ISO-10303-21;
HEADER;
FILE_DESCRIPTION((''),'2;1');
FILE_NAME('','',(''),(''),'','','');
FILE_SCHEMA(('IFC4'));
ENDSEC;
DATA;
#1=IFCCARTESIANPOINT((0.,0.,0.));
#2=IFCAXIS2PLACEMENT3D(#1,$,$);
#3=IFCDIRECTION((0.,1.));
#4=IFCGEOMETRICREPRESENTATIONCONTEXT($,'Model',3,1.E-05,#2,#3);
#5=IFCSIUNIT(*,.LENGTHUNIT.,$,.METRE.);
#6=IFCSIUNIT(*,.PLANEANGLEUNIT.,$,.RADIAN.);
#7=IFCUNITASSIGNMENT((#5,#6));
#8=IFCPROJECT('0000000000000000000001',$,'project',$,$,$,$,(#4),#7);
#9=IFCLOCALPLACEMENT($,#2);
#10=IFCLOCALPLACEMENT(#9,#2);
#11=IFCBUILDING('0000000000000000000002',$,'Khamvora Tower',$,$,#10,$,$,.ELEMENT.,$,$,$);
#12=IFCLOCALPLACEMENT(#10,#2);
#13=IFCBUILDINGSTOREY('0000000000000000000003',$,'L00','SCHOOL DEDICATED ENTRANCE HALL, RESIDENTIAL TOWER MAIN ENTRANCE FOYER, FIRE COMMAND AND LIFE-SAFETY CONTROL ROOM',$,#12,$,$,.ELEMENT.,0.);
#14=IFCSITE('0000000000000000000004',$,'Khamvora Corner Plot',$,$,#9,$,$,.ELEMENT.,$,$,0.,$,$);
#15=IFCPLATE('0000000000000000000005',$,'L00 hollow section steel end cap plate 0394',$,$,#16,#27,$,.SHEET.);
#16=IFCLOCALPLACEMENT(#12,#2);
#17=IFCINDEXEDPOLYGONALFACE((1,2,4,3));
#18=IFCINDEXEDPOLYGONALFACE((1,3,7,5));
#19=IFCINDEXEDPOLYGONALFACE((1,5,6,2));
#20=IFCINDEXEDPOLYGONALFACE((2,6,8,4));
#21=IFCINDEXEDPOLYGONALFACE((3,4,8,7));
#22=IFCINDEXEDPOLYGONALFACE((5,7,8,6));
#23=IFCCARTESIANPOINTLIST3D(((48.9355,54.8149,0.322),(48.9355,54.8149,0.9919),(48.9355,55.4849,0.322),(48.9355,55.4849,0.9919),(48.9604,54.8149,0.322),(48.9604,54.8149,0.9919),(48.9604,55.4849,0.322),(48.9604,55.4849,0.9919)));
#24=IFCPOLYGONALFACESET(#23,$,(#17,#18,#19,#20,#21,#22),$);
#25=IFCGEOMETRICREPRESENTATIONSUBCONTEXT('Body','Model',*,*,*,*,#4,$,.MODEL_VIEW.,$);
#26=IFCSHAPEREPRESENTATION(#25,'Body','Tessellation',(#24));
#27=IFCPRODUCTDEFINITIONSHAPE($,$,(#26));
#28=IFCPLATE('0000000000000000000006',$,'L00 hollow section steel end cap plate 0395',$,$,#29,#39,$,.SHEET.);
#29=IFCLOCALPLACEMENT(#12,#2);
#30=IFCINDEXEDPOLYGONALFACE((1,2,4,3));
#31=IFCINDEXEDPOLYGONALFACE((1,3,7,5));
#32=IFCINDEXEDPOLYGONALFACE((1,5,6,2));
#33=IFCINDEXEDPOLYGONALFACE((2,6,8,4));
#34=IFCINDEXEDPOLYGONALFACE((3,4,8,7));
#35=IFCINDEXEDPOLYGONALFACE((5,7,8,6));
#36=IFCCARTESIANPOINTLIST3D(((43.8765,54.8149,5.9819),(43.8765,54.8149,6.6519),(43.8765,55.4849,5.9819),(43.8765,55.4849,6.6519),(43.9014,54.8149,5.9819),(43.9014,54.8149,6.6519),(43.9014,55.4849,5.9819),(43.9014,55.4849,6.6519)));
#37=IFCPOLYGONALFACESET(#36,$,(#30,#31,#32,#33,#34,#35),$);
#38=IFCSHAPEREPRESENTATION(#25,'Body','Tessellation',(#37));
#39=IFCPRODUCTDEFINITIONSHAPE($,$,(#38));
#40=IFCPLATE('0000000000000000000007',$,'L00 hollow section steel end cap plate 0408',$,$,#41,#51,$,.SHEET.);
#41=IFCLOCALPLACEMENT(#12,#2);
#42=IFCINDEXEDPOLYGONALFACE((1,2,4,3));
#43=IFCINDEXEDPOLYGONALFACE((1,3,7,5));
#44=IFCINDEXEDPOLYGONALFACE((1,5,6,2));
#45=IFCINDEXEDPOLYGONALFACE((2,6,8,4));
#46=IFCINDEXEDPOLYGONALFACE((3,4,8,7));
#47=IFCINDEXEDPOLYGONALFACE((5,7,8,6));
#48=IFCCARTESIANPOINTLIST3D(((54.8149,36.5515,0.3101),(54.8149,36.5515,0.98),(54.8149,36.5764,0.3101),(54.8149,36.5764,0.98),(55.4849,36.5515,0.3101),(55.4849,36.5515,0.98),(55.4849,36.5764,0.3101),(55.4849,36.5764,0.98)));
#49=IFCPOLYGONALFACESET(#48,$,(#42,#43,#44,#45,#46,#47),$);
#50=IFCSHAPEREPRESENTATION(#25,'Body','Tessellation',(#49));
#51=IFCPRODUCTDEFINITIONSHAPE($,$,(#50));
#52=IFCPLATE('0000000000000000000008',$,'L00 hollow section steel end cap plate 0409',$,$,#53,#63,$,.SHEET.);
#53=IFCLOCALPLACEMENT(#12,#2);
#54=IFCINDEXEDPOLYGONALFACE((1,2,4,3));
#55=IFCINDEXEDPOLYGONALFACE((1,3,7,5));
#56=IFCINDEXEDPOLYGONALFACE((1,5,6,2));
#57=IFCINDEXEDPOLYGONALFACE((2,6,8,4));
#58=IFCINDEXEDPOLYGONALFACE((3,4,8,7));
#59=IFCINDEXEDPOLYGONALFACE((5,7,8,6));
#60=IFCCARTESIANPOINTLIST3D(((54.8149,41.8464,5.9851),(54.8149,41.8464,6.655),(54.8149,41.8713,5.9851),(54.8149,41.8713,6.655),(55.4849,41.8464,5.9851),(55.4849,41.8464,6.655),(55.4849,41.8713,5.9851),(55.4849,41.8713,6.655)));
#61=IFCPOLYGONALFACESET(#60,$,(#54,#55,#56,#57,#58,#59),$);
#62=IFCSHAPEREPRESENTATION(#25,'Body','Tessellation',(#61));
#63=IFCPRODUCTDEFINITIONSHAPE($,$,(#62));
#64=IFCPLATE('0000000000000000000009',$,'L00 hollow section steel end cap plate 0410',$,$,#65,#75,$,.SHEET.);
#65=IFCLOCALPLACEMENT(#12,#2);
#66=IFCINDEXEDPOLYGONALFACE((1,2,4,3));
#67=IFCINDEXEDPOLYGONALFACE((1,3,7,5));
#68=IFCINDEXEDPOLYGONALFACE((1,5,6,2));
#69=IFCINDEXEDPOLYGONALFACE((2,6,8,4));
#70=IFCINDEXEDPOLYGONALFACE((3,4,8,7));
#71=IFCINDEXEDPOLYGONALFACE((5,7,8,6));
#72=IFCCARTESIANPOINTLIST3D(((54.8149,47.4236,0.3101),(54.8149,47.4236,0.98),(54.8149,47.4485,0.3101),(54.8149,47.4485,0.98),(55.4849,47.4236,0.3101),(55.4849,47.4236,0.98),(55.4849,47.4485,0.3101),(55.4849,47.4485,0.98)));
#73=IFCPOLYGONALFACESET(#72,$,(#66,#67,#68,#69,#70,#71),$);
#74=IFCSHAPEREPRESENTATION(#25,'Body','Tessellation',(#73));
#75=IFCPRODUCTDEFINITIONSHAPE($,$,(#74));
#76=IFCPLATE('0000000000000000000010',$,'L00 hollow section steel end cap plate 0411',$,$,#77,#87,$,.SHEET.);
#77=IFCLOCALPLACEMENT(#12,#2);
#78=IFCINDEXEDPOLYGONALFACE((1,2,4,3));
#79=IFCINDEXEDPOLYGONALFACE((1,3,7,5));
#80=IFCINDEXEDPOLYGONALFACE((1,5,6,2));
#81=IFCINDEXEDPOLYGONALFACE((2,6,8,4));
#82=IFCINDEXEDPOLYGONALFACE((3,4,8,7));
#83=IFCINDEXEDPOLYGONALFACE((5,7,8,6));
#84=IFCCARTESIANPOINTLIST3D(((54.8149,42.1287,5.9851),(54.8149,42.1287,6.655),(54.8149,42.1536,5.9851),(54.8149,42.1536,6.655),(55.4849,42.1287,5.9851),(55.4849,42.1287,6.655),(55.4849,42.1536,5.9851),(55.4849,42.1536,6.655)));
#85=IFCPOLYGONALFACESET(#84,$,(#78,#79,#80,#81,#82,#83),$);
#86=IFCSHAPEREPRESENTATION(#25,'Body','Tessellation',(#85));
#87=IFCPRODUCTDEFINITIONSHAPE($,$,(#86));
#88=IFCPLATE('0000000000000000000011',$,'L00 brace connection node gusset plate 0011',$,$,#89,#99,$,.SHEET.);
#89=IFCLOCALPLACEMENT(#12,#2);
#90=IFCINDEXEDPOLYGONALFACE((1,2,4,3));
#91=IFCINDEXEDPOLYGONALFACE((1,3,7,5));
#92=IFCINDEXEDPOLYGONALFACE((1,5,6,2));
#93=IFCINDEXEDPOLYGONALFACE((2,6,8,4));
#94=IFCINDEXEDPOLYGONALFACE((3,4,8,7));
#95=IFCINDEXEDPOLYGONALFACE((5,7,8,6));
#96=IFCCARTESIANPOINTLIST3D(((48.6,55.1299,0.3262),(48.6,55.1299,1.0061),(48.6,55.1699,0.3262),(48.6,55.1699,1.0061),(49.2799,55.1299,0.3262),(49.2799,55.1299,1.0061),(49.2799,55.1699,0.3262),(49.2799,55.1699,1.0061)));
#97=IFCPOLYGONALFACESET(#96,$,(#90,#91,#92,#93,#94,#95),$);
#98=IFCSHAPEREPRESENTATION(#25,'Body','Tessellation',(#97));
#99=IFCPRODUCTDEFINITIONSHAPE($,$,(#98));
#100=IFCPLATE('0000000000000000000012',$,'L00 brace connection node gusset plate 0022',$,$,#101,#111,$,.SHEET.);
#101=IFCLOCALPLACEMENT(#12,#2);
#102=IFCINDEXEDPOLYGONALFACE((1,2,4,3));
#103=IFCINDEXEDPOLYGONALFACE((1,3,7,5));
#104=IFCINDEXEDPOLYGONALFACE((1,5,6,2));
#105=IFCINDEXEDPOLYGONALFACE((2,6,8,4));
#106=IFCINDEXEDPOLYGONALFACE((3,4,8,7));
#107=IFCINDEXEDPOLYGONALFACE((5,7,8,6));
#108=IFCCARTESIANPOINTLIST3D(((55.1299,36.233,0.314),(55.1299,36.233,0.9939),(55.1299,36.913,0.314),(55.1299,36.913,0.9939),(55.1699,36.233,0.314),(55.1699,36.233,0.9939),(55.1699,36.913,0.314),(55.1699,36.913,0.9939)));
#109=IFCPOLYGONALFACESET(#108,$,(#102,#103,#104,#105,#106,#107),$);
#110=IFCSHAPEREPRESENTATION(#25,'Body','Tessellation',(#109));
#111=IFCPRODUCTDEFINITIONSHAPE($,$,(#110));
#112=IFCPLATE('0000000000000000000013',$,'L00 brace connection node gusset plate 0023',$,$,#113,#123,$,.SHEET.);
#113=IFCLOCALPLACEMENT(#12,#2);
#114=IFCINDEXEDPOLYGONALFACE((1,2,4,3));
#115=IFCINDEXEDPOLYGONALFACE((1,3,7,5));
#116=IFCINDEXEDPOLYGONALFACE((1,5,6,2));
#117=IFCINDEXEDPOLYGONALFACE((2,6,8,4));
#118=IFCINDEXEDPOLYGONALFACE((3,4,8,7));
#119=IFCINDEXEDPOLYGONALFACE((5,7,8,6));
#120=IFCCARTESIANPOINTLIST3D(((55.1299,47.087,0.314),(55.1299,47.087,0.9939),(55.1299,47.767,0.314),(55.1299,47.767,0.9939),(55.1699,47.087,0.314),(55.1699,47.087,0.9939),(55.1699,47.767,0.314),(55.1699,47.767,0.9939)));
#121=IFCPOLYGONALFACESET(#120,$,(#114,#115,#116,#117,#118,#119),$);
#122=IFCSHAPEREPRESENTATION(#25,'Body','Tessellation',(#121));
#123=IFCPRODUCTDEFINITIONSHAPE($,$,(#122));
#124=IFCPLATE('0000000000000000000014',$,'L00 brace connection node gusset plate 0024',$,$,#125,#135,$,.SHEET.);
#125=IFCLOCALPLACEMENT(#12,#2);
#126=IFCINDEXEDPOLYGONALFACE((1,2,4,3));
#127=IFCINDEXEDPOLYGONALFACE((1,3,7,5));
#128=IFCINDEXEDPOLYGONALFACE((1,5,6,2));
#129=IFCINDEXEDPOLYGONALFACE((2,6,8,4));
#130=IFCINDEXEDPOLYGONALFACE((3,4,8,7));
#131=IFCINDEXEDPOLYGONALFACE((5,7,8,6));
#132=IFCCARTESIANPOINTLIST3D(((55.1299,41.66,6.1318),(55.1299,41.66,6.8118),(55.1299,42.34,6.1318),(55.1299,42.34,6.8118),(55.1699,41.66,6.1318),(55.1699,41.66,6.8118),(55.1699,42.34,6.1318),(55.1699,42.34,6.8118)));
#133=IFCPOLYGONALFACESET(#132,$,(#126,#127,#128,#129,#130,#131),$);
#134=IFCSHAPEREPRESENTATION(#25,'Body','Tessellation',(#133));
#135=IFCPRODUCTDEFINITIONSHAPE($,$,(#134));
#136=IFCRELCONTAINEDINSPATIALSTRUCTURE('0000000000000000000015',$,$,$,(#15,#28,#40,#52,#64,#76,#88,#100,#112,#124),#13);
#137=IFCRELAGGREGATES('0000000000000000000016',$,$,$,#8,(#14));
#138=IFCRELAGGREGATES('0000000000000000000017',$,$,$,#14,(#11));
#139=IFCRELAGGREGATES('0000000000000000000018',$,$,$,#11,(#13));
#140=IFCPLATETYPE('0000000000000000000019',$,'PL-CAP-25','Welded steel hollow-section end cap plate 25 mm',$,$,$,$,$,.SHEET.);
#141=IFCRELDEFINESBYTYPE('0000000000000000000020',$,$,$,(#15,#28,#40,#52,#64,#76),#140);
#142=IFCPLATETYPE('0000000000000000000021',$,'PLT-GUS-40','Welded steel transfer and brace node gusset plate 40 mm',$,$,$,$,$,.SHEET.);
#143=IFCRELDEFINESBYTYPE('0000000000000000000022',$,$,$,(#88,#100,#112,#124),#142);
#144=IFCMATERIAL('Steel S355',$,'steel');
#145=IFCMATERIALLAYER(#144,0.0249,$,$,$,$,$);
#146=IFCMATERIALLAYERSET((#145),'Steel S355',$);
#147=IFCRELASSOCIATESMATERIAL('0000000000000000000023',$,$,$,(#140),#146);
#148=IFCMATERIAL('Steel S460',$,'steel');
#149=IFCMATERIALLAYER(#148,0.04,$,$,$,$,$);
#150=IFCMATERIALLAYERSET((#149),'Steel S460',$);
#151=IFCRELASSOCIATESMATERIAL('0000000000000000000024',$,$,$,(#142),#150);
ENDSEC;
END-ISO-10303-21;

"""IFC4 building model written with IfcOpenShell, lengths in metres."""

from ifc_helpers import new_model, si_unit, direction, frame, origin, origin_2d, place, context, subcontext, project, spatial, rectangle, extrude, material, layer, layer_set, type_object, element, save


model = new_model("IFC4")

# Units and contexts
model_context = context("Model", 3, precision=1e-05, world=origin(), true_north=direction((0.0, 1.0)))
body_context = subcontext(model_context, "Body", "Model", "MODEL_VIEW")
ifc_project = project(units=[si_unit("LENGTHUNIT", "METRE"), si_unit("PLANEANGLEUNIT", "RADIAN")], contexts=[model_context])

# Site, building, storey
site_placement = place(None, origin())
site = spatial("IfcSite", under=ifc_project, at=site_placement, Name="Khamvora Corner Plot", CompositionType="ELEMENT", RefElevation=0.0)
building_placement = place(site_placement, origin())
building = spatial("IfcBuilding", under=site, at=building_placement, Name="Khamvora Tower", CompositionType="ELEMENT")
storey_placement = place(building_placement, origin())
storey = spatial("IfcBuildingStorey", under=building, at=storey_placement, Name="L00", Description="SCHOOL DEDICATED ENTRANCE HALL, RESIDENTIAL TOWER MAIN ENTRANCE FOYER, FIRE COMMAND AND LIFE-SAFETY CONTROL ROOM", CompositionType="ELEMENT", Elevation=0.0)

# Shared definitions
ifc_material_1 = material(Name="Steel S460", Category="steel")

# Shared definitions
ifc_material_2 = material(Name="Steel S355", Category="steel")

# Plates
ifc_layer_1 = layer(ifc_material_2, 0.0249)
ifc_layer_set_1 = layer_set([ifc_layer_1], Name="Steel S355")
plate_type_1 = type_object("IfcPlateType", Name="PL-CAP-25", Description="Welded steel hollow-section end cap plate 25 mm", PredefinedType="SHEET", material=ifc_layer_set_1)
for number, where, z_axis, x_axis, name in (
    (1, (48.948, 55.1499, 0.322), (0.0, 0.0, 1.0), (-1.0, 0.0, 0.0), "L00 hollow section steel end cap plate 0394"),
    (2, (43.8889, 55.1499, 5.9819), (0.0, 0.0, 1.0), (-1.0, 0.0, 0.0), "L00 hollow section steel end cap plate 0395"),
    (3, (55.1499, 36.564, 0.3101), (0.0, 0.0, 1.0), (0.0, 1.0, 0.0), "L00 hollow section steel end cap plate 0408"),
    (4, (55.1499, 41.8589, 5.9851), (0.0, 0.0, 1.0), (0.0, 1.0, 0.0), "L00 hollow section steel end cap plate 0409"),
    (5, (55.1499, 47.436, 0.3101), (0.0, 0.0, 1.0), (0.0, -1.0, 0.0), "L00 hollow section steel end cap plate 0410"),
    (6, (55.1499, 42.1411, 5.9851), (0.0, 0.0, 1.0), (0.0, -1.0, 0.0), "L00 hollow section steel end cap plate 0411"),
):
    element("IfcPlate", number, at=place(storey_placement, frame(where, z_axis=z_axis, x_axis=x_axis)), inside=storey, type_object=plate_type_1, Name=name, PredefinedType="SHEET", context=body_context, shape_type="SweptSolid", body=[
        extrude(rectangle(XDim=0.0249, YDim=0.6699, at=origin_2d()), origin(), (0.0, 0.0, 1.0), 0.6699),
    ])
ifc_layer_2 = layer(ifc_material_1, 0.04)
ifc_layer_set_2 = layer_set([ifc_layer_2], Name="Steel S460")
plate_type_2 = type_object("IfcPlateType", Name="PLT-GUS-40", Description="Welded steel transfer and brace node gusset plate 40 mm", PredefinedType="SHEET", material=ifc_layer_set_2)
for number, where, z_axis, x_axis, name in (
    (7, (48.9399, 55.1499, 0.3262), (0.0, 0.0, 1.0), (1.0, 0.0, 0.0), "L00 brace connection node gusset plate 0011"),
    (8, (55.1499, 36.573, 0.314), (0.0, 0.0, 1.0), (0.0, 1.0, 0.0), "L00 brace connection node gusset plate 0022"),
    (9, (55.1499, 47.427, 0.314), (0.0, 0.0, 1.0), (0.0, 1.0, 0.0), "L00 brace connection node gusset plate 0023"),
    (10, (55.1499, 42.0, 6.1318), (0.0, 0.0, 1.0), (0.0, 1.0, 0.0), "L00 brace connection node gusset plate 0024"),
):
    element("IfcPlate", number, at=place(storey_placement, frame(where, z_axis=z_axis, x_axis=x_axis)), inside=storey, type_object=plate_type_2, Name=name, PredefinedType="SHEET", context=body_context, shape_type="SweptSolid", body=[
        extrude(rectangle(XDim=0.6799, YDim=0.04, at=origin_2d()), origin(), (0.0, 0.0, 1.0), 0.6799),
    ])

save(model, "model.ifc")
